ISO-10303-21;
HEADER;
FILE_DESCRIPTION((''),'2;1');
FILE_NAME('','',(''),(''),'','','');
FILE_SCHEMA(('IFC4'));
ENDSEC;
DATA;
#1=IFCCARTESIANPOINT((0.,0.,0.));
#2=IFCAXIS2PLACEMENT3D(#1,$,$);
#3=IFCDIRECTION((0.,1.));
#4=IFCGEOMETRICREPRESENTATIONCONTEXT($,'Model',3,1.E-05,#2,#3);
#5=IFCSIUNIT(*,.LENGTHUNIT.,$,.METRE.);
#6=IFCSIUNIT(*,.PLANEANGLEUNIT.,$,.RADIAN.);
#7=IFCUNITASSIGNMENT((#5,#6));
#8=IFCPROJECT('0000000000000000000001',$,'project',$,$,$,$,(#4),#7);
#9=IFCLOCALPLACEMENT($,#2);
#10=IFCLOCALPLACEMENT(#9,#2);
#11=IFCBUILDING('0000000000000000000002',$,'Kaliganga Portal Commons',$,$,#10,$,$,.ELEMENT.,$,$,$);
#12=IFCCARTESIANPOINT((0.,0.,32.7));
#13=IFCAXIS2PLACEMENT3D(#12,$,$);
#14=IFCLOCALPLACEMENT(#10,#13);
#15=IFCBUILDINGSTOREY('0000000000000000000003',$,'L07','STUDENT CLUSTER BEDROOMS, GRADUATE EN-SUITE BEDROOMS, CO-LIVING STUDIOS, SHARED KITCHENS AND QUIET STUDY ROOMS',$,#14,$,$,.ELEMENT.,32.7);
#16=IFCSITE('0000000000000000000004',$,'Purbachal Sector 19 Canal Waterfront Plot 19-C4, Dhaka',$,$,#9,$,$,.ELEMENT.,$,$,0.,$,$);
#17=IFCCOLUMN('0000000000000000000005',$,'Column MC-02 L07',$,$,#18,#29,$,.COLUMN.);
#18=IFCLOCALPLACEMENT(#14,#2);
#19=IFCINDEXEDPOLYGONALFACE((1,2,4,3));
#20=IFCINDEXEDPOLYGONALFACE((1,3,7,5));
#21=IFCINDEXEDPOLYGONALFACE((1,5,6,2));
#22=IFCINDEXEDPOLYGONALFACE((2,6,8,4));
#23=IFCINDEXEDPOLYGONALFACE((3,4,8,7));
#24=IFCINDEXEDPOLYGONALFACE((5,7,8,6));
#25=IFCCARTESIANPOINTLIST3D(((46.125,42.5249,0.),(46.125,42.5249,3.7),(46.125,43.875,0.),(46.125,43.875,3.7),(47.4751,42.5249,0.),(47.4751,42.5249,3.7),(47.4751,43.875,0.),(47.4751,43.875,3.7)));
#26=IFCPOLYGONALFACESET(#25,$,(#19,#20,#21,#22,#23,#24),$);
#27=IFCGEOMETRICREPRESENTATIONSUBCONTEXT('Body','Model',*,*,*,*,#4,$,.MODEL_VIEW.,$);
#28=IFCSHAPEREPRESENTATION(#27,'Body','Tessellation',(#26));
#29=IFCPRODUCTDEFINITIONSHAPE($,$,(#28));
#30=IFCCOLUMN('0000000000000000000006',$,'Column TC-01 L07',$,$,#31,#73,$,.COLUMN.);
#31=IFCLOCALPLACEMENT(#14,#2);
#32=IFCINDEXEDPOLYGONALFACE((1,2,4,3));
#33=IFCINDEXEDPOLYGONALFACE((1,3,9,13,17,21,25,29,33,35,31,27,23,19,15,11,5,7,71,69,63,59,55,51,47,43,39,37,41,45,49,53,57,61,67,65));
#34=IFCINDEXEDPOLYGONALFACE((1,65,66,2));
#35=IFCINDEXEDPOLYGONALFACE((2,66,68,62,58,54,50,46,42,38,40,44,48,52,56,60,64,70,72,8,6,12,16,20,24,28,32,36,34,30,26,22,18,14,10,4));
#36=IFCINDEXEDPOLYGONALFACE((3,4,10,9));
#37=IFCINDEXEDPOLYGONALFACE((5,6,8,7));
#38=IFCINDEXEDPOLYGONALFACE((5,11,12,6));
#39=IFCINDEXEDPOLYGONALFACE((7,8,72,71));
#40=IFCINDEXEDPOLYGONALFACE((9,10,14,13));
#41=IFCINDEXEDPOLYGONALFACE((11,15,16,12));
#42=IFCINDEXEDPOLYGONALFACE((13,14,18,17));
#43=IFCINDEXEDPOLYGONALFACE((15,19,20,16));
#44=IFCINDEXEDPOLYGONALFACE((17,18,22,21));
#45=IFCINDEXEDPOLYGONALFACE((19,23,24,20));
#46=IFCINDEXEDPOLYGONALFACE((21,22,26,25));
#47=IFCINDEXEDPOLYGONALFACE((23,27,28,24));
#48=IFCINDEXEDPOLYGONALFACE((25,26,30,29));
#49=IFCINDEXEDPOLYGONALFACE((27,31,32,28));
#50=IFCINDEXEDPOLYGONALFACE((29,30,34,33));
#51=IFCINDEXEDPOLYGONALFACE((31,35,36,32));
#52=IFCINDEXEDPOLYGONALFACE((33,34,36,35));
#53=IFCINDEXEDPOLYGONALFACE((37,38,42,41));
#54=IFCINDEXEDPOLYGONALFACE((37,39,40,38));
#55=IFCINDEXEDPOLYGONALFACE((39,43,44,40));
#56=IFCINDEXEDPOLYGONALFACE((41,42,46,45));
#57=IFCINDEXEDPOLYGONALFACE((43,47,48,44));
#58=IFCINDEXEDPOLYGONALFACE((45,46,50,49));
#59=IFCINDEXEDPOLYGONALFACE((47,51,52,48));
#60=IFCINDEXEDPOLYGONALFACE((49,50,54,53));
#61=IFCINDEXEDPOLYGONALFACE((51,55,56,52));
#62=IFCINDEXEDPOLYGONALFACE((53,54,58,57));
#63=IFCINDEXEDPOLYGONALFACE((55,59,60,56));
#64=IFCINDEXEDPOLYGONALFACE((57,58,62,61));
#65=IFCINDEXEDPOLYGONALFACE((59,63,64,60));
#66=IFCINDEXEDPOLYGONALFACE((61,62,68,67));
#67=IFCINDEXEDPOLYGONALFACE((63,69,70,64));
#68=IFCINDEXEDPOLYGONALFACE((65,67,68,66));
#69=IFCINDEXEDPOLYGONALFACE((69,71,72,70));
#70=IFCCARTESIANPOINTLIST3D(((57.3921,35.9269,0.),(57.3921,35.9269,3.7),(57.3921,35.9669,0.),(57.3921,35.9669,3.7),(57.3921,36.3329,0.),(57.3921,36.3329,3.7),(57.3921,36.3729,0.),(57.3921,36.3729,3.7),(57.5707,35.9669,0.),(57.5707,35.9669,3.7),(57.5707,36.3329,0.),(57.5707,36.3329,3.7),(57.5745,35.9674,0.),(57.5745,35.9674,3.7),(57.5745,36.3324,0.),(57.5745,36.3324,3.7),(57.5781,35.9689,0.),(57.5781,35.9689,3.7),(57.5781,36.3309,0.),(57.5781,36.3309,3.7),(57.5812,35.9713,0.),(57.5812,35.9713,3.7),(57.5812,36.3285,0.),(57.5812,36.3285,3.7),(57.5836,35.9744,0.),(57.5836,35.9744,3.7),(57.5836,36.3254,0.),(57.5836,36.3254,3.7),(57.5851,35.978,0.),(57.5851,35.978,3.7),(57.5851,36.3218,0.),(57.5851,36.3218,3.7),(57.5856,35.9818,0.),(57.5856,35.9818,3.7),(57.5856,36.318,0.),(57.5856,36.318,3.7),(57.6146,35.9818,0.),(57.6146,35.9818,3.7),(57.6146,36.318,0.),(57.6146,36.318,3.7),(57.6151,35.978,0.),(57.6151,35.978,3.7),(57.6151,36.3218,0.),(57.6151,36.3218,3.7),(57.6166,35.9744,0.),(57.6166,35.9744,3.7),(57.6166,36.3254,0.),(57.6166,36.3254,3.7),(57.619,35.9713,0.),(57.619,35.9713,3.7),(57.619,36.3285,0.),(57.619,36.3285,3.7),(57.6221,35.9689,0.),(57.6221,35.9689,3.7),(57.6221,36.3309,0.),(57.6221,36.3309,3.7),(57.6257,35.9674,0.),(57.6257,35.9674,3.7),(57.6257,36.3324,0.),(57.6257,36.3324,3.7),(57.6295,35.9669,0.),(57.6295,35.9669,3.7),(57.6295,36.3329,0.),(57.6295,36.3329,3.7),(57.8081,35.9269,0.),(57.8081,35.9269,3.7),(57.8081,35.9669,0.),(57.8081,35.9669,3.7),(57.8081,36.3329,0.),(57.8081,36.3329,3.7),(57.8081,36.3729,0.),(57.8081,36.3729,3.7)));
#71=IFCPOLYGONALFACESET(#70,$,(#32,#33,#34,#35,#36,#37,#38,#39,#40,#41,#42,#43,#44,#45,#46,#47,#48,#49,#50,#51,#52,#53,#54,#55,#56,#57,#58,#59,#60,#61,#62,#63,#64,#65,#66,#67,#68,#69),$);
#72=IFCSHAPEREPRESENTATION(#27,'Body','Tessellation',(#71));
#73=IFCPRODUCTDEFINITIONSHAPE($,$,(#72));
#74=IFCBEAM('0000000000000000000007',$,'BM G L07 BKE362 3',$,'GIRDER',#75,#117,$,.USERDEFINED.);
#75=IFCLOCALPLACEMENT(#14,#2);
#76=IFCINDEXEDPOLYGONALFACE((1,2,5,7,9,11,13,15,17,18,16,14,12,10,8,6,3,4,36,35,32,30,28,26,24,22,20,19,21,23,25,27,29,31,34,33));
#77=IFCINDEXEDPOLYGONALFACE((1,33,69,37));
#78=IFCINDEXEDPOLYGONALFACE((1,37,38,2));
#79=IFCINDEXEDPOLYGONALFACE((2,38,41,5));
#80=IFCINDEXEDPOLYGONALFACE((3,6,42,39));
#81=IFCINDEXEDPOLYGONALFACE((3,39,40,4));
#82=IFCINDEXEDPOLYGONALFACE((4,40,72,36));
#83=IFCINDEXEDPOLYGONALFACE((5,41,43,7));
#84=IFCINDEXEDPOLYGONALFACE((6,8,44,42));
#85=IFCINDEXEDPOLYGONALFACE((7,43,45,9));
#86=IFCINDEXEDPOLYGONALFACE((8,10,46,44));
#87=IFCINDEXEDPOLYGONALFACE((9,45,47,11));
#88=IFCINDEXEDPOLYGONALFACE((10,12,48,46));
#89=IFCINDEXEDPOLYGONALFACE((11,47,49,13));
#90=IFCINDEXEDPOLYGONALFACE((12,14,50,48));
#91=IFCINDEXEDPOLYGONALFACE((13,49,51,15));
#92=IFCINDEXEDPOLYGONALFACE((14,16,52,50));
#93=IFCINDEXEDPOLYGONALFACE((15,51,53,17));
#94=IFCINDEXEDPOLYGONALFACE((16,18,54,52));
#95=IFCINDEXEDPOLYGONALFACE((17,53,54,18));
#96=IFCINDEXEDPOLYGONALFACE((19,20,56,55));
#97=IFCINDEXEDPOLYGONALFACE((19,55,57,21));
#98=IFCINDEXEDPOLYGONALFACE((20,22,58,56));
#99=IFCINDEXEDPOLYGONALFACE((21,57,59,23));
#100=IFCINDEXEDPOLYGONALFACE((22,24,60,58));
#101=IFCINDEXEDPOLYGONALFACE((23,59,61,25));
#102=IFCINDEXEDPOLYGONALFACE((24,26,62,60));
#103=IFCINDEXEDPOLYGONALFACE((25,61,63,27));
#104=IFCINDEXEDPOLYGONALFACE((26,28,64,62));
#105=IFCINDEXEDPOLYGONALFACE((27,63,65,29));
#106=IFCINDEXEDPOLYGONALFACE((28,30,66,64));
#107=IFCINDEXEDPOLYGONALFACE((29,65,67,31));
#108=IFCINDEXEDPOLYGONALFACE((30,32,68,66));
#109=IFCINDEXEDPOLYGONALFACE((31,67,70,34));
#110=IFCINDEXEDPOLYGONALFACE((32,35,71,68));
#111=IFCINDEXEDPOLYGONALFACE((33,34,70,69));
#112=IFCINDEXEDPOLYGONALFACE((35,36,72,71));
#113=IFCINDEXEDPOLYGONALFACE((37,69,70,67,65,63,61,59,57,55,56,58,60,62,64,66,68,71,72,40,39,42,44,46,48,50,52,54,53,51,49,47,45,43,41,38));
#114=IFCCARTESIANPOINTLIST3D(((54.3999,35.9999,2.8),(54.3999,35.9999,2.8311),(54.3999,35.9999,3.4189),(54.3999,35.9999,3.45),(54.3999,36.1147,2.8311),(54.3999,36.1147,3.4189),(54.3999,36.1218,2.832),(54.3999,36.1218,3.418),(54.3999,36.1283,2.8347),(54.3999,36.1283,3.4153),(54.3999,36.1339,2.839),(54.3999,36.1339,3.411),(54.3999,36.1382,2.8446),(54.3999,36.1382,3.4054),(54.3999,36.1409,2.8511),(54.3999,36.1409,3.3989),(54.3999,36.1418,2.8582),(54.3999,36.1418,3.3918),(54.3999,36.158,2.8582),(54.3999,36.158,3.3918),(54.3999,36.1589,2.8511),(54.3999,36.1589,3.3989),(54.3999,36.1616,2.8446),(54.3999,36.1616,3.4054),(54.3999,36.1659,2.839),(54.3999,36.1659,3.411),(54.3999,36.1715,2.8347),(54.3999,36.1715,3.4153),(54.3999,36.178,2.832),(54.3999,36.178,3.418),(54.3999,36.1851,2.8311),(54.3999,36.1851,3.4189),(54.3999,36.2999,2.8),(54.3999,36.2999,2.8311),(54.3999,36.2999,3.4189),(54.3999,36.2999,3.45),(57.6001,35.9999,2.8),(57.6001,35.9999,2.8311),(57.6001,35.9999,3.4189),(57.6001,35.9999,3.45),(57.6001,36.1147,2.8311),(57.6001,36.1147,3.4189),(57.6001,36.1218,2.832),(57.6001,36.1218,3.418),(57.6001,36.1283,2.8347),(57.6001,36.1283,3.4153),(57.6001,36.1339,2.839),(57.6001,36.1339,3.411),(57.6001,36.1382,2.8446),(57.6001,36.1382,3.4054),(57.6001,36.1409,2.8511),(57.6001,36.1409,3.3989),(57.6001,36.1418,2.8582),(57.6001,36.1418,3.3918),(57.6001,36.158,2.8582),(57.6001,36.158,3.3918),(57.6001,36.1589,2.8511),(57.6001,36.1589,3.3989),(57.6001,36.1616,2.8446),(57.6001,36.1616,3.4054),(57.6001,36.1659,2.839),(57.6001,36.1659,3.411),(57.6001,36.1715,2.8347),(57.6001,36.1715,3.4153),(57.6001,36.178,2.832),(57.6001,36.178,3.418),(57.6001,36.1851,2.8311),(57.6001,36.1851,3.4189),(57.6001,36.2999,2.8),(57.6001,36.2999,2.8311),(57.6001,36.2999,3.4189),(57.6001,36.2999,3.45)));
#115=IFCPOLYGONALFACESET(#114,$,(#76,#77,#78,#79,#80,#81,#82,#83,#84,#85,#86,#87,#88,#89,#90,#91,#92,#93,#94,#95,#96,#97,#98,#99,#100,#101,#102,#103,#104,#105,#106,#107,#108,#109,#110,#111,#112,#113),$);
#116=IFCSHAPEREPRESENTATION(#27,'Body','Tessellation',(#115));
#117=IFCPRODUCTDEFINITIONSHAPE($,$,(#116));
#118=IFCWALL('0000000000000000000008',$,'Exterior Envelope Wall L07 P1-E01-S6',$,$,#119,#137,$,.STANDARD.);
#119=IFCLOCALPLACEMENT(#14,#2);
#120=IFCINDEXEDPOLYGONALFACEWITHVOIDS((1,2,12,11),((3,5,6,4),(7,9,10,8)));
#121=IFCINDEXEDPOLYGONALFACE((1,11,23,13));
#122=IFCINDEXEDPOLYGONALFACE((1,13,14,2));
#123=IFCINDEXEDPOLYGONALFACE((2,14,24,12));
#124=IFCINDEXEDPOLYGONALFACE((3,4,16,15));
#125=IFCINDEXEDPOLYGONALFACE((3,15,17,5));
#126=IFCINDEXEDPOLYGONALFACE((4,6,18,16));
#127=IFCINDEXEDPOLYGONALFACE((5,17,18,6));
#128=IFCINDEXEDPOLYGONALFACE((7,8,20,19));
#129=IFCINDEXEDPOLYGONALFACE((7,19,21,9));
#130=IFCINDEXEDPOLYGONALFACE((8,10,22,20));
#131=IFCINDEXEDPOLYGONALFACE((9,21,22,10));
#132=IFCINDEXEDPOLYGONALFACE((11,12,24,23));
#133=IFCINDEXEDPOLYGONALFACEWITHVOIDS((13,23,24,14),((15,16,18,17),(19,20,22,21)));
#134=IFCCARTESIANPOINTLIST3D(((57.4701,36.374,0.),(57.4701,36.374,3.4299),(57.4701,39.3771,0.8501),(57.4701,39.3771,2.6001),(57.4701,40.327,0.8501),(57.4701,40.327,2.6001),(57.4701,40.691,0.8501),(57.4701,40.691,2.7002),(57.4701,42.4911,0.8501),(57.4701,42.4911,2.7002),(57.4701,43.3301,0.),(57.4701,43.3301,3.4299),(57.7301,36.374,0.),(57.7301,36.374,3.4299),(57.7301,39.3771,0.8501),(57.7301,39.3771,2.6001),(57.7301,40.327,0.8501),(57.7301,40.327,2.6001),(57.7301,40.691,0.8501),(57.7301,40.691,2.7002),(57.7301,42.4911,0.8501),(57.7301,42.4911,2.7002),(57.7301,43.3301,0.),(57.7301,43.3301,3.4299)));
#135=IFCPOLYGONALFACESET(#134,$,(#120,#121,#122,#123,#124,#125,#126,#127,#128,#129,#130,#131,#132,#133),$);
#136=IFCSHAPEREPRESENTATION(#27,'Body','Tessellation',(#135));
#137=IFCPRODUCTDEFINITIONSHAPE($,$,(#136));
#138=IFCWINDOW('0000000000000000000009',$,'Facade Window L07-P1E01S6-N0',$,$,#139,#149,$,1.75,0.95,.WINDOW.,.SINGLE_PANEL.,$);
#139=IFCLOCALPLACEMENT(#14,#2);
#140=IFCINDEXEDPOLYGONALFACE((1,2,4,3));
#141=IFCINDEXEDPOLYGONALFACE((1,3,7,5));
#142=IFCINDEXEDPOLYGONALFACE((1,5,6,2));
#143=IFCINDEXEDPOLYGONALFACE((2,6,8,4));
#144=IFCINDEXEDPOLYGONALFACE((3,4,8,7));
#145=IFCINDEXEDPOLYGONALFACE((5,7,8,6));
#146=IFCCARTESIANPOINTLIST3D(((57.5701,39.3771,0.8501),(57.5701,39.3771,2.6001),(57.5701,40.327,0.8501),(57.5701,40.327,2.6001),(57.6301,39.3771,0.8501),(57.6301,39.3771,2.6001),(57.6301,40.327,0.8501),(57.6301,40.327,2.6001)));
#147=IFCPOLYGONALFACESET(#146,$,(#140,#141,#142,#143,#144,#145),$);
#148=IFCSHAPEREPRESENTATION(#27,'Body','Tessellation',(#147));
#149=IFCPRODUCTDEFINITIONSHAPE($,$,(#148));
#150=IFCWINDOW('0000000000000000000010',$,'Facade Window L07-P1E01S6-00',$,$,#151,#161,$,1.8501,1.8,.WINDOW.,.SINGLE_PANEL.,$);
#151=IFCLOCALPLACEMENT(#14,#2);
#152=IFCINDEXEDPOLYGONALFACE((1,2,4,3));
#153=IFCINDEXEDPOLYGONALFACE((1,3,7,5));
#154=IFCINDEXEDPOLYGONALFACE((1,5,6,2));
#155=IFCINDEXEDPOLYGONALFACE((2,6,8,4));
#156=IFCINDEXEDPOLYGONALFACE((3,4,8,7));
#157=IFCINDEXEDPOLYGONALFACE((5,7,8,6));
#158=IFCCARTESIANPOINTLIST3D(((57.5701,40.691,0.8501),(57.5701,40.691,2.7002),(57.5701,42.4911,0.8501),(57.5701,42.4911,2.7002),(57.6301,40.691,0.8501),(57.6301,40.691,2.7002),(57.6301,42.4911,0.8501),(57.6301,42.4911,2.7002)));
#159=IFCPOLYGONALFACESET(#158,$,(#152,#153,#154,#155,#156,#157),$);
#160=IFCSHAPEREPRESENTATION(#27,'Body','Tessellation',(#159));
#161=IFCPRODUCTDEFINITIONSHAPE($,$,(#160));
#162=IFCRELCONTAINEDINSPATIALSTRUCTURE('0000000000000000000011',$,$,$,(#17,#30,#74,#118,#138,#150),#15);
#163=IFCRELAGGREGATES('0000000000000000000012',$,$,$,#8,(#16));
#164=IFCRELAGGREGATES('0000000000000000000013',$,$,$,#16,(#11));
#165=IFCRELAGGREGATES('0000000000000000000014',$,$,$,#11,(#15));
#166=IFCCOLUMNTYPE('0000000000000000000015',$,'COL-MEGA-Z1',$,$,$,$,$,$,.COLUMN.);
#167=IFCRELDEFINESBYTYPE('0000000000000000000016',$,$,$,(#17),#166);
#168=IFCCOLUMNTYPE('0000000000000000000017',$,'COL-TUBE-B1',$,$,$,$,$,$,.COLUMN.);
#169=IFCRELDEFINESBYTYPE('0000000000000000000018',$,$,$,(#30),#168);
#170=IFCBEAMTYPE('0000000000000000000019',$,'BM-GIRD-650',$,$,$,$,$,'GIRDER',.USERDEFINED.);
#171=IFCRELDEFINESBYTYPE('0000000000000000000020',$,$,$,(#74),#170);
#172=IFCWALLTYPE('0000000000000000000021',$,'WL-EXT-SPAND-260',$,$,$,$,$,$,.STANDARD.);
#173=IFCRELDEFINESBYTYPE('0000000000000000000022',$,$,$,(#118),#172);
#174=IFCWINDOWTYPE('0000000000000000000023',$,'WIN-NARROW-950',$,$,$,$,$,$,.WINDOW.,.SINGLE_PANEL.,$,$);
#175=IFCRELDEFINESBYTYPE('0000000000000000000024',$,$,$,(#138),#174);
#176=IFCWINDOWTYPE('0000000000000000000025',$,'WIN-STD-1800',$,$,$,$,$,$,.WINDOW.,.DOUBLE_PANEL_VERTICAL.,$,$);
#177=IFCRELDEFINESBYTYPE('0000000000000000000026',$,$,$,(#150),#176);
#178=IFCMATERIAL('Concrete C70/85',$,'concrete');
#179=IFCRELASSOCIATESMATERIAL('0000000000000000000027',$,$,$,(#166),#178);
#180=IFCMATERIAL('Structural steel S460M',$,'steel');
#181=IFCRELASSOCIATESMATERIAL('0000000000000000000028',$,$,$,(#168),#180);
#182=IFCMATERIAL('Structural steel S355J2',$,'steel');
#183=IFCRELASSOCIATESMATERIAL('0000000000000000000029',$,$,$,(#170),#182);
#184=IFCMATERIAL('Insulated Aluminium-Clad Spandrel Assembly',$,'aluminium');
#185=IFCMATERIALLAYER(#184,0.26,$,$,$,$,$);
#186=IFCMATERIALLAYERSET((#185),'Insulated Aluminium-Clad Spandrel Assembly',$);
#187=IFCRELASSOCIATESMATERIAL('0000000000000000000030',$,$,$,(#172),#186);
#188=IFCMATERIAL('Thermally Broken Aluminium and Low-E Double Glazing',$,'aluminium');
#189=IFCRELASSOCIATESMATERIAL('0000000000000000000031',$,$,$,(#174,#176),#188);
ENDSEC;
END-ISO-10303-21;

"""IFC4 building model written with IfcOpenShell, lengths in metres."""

from ifc_helpers import new_model, si_unit, direction, frame, frame_2d, origin, origin_2d, place, context, subcontext, project, spatial, rectangle, i_section, extrude, source, transform, mapped, material, layer, layer_set, material_profile, profile_set, type_object, element, fill, save


model = new_model("IFC4")

# Units and contexts
model_context = context("Model", 3, precision=1e-05, world=origin(), true_north=direction((0.0, 1.0)))
body_context = subcontext(model_context, "Body", "Model", "MODEL_VIEW")
ifc_project = project(units=[si_unit("LENGTHUNIT", "METRE"), si_unit("PLANEANGLEUNIT", "RADIAN")], contexts=[model_context])

# Site, building, storey
site_placement = place(None, origin())
site = spatial("IfcSite", under=ifc_project, at=site_placement, Name="Purbachal Sector 19 Canal Waterfront Plot 19-C4, Dhaka", CompositionType="ELEMENT", RefElevation=0.0)
building_placement = place(site_placement, origin())
building = spatial("IfcBuilding", under=site, at=building_placement, Name="Kaliganga Portal Commons", CompositionType="ELEMENT")
storey_placement = place(building_placement, frame((0.0, 0.0, 32.7)))
storey = spatial("IfcBuildingStorey", under=building, at=storey_placement, Name="L07", Description="STUDENT CLUSTER BEDROOMS, GRADUATE EN-SUITE BEDROOMS, CO-LIVING STUDIOS, SHARED KITCHENS AND QUIET STUDY ROOMS", CompositionType="ELEMENT", Elevation=32.7)

# Columns
ifc_material_1 = material(Name="Concrete C70/85", Category="concrete")
ifc_material_profile_1 = material_profile(ifc_material_1, rectangle(XDim=1.3501, YDim=1.3501, at=origin_2d()), Name="RC 1350x1350")
ifc_profile_set_1 = profile_set([ifc_material_profile_1], Name="Concrete C70/85")
column_type_1 = type_object("IfcColumnType", Name="COL-MEGA-Z1", PredefinedType="COLUMN", material=ifc_profile_set_1)
shared_shape_1 = source(origin(), body_context, "Body", "SweptSolid", [
    extrude(rectangle(XDim=1.3501, YDim=1.3501, at=origin_2d()), origin(), (0.0, 0.0, 1.0), 3.7),
])
column_1_placement = place(storey_placement, frame((46.8, 43.2, 0.0), z_axis=(0.0, 0.0, 1.0), x_axis=(1.0, 0.0, 0.0)))
element("IfcColumn", 1, at=column_1_placement, inside=storey, type_object=column_type_1, Name="Column MC-02 L07", PredefinedType="COLUMN", context=body_context, shape_type="MappedRepresentation", body=[
    mapped(shared_shape_1, transform((0.0, 0.0, 0.0), x_axis=(1.0, 0.0, 0.0), y_axis=(0.0, 1.0, 0.0), z_axis=(0.0, 0.0, 1.0), scale=1.0)),
])
ifc_material_2 = material(Name="Structural steel S460M", Category="steel")
ifc_material_profile_2 = material_profile(ifc_material_2, i_section(OverallWidth=0.416, OverallDepth=0.446, WebThickness=0.0291, FlangeThickness=0.04, FilletRadius=0.0149, at=origin_2d()), Name="HD 400x509")
ifc_profile_set_2 = profile_set([ifc_material_profile_2], Name="Structural steel S460M wide-flange")
column_type_2 = type_object("IfcColumnType", Name="COL-TUBE-B1", PredefinedType="COLUMN", material=ifc_profile_set_2)
shared_shape_2 = source(origin(), body_context, "Body", "SweptSolid", [
    extrude(i_section(OverallWidth=0.416, OverallDepth=0.446, WebThickness=0.0291, FlangeThickness=0.04, FilletRadius=0.0149, at=origin_2d()), origin(), (0.0, 0.0, 1.0), 3.7),
])
column_2_placement = place(storey_placement, frame((57.6001, 36.1499, 0.0), z_axis=(0.0, 0.0, 1.0), x_axis=(1.0, 0.0, 0.0)))
element("IfcColumn", 2, at=column_2_placement, inside=storey, type_object=column_type_2, Name="Column TC-01 L07", PredefinedType="COLUMN", context=body_context, shape_type="MappedRepresentation", body=[
    mapped(shared_shape_2, transform((0.0, 0.0, 0.0), x_axis=(1.0, 0.0, 0.0), y_axis=(0.0, 1.0, 0.0), z_axis=(0.0, 0.0, 1.0), scale=1.0)),
])

# Beam
ifc_material_3 = material(Name="Structural steel S355J2", Category="steel")
ifc_material_profile_3 = material_profile(ifc_material_3, i_section(OverallWidth=0.3, OverallDepth=0.6499, WebThickness=0.0161, FlangeThickness=0.031, FilletRadius=0.0271, at=origin_2d()), Name="HE 650 B")
ifc_profile_set_3 = profile_set([ifc_material_profile_3], Name="Structural steel S355J2 wide-flange")
beam_type = type_object("IfcBeamType", Name="BM-GIRD-650", ElementType="GIRDER", PredefinedType="USERDEFINED", material=ifc_profile_set_3)
shared_shape_3 = source(origin(), body_context, "Body", "SweptSolid", [
    extrude(i_section(OverallWidth=0.3, OverallDepth=0.6499, WebThickness=0.0161, FlangeThickness=0.031, FilletRadius=0.0271, at=origin_2d()), origin(), (0.0, 0.0, 1.0), 3.2002),
])
beam_placement = place(storey_placement, frame((54.3999, 36.1499, 3.125), z_axis=(1.0, 0.0, 0.0), x_axis=(0.0, 1.0, 0.0)))
element("IfcBeam", 3, at=beam_placement, inside=storey, type_object=beam_type, Name="BM G L07 BKE362 3", ObjectType="GIRDER", PredefinedType="USERDEFINED", context=body_context, shape_type="MappedRepresentation", body=[
    mapped(shared_shape_3, transform((0.0, 0.0, 0.0), x_axis=(1.0, 0.0, 0.0), y_axis=(0.0, 1.0, 0.0), z_axis=(0.0, 0.0, 1.0), scale=1.0)),
])

# Wall, openings, windows
ifc_material_4 = material(Name="Insulated Aluminium-Clad Spandrel Assembly", Category="aluminium")
ifc_layer_1 = layer(ifc_material_4, 0.26)
ifc_layer_set_1 = layer_set([ifc_layer_1], Name="Insulated Aluminium-Clad Spandrel Assembly")
wall_type_1 = type_object("IfcWallType", Name="WL-EXT-SPAND-260", PredefinedType="STANDARD", material=ifc_layer_set_1)
wall_1_placement = place(storey_placement, frame((57.6001, 43.3301, 0.0), z_axis=(0.0, 0.0, 1.0), x_axis=(0.0, -1.0, 0.0)))
wall_1 = element("IfcWall", 4, at=wall_1_placement, inside=storey, type_object=wall_type_1, Name="Exterior Envelope Wall L07 P1-E01-S6", PredefinedType="STANDARD", context=body_context, shape_type="SweptSolid", body=[
    extrude(rectangle(XDim=6.9561, YDim=0.26, at=frame_2d((3.478, 0.0))), origin(), (0.0, 0.0, 1.0), 3.4299),
])
opening_1_placement = place(wall_1_placement, frame((0.8391, 0.0, 0.8501)))
opening_1 = element("IfcOpeningElement", 5, at=opening_1_placement, cuts=wall_1, PredefinedType="OPENING", context=body_context, shape_type="SweptSolid", body=[
    extrude(rectangle(XDim=1.8, YDim=1.8501, at=frame_2d((0.8999, 0.925))), frame((0.0, 0.1401, 0.0), z_axis=(0.0, -1.0, 0.0), x_axis=(1.0, 0.0, 0.0)), (0.0, 0.0, 1.0), 0.28),
])
opening_2_placement = place(wall_1_placement, frame((3.0029, 0.0, 0.8501)))
opening_2 = element("IfcOpeningElement", 6, at=opening_2_placement, cuts=wall_1, PredefinedType="OPENING", context=body_context, shape_type="SweptSolid", body=[
    extrude(rectangle(XDim=0.95, YDim=1.75, at=frame_2d((0.4751, 0.875))), frame((0.0, 0.1401, 0.0), z_axis=(0.0, -1.0, 0.0), x_axis=(1.0, 0.0, 0.0)), (0.0, 0.0, 1.0), 0.28),
])
ifc_material_5 = material(Name="Thermally Broken Aluminium and Low-E Double Glazing", Category="aluminium")
window_type_1 = type_object("IfcWindowType", Name="WIN-NARROW-950", PartitioningType="SINGLE_PANEL", PredefinedType="WINDOW", material=ifc_material_5)
window_1_placement = place(opening_2_placement, origin())
window_1 = element("IfcWindow", 7, at=window_1_placement, inside=storey, type_object=window_type_1, Name="Facade Window L07-P1E01S6-N0", OverallHeight=1.75, OverallWidth=0.95, PartitioningType="SINGLE_PANEL", PredefinedType="WINDOW", context=body_context, shape_type="SweptSolid", body=[
    extrude(rectangle(XDim=0.95, YDim=1.75, at=frame_2d((0.4751, 0.875))), frame((0.0, 0.03, 0.0), z_axis=(0.0, -1.0, 0.0), x_axis=(1.0, 0.0, 0.0)), (0.0, 0.0, 1.0), 0.0601),
])
fill(opening_2, window_1)
window_type_2 = type_object("IfcWindowType", Name="WIN-STD-1800", PartitioningType="DOUBLE_PANEL_VERTICAL", PredefinedType="WINDOW", material=ifc_material_5)
window_2_placement = place(opening_1_placement, origin())
window_2 = element("IfcWindow", 8, at=window_2_placement, inside=storey, type_object=window_type_2, Name="Facade Window L07-P1E01S6-00", OverallHeight=1.8501, OverallWidth=1.8, PartitioningType="SINGLE_PANEL", PredefinedType="WINDOW", context=body_context, shape_type="SweptSolid", body=[
    extrude(rectangle(XDim=1.8, YDim=1.8501, at=frame_2d((0.8999, 0.925))), frame((0.0, 0.03, 0.0), z_axis=(0.0, -1.0, 0.0), x_axis=(1.0, 0.0, 0.0)), (0.0, 0.0, 1.0), 0.0601),
])
fill(opening_1, window_2)

save(model, "model.ifc")
